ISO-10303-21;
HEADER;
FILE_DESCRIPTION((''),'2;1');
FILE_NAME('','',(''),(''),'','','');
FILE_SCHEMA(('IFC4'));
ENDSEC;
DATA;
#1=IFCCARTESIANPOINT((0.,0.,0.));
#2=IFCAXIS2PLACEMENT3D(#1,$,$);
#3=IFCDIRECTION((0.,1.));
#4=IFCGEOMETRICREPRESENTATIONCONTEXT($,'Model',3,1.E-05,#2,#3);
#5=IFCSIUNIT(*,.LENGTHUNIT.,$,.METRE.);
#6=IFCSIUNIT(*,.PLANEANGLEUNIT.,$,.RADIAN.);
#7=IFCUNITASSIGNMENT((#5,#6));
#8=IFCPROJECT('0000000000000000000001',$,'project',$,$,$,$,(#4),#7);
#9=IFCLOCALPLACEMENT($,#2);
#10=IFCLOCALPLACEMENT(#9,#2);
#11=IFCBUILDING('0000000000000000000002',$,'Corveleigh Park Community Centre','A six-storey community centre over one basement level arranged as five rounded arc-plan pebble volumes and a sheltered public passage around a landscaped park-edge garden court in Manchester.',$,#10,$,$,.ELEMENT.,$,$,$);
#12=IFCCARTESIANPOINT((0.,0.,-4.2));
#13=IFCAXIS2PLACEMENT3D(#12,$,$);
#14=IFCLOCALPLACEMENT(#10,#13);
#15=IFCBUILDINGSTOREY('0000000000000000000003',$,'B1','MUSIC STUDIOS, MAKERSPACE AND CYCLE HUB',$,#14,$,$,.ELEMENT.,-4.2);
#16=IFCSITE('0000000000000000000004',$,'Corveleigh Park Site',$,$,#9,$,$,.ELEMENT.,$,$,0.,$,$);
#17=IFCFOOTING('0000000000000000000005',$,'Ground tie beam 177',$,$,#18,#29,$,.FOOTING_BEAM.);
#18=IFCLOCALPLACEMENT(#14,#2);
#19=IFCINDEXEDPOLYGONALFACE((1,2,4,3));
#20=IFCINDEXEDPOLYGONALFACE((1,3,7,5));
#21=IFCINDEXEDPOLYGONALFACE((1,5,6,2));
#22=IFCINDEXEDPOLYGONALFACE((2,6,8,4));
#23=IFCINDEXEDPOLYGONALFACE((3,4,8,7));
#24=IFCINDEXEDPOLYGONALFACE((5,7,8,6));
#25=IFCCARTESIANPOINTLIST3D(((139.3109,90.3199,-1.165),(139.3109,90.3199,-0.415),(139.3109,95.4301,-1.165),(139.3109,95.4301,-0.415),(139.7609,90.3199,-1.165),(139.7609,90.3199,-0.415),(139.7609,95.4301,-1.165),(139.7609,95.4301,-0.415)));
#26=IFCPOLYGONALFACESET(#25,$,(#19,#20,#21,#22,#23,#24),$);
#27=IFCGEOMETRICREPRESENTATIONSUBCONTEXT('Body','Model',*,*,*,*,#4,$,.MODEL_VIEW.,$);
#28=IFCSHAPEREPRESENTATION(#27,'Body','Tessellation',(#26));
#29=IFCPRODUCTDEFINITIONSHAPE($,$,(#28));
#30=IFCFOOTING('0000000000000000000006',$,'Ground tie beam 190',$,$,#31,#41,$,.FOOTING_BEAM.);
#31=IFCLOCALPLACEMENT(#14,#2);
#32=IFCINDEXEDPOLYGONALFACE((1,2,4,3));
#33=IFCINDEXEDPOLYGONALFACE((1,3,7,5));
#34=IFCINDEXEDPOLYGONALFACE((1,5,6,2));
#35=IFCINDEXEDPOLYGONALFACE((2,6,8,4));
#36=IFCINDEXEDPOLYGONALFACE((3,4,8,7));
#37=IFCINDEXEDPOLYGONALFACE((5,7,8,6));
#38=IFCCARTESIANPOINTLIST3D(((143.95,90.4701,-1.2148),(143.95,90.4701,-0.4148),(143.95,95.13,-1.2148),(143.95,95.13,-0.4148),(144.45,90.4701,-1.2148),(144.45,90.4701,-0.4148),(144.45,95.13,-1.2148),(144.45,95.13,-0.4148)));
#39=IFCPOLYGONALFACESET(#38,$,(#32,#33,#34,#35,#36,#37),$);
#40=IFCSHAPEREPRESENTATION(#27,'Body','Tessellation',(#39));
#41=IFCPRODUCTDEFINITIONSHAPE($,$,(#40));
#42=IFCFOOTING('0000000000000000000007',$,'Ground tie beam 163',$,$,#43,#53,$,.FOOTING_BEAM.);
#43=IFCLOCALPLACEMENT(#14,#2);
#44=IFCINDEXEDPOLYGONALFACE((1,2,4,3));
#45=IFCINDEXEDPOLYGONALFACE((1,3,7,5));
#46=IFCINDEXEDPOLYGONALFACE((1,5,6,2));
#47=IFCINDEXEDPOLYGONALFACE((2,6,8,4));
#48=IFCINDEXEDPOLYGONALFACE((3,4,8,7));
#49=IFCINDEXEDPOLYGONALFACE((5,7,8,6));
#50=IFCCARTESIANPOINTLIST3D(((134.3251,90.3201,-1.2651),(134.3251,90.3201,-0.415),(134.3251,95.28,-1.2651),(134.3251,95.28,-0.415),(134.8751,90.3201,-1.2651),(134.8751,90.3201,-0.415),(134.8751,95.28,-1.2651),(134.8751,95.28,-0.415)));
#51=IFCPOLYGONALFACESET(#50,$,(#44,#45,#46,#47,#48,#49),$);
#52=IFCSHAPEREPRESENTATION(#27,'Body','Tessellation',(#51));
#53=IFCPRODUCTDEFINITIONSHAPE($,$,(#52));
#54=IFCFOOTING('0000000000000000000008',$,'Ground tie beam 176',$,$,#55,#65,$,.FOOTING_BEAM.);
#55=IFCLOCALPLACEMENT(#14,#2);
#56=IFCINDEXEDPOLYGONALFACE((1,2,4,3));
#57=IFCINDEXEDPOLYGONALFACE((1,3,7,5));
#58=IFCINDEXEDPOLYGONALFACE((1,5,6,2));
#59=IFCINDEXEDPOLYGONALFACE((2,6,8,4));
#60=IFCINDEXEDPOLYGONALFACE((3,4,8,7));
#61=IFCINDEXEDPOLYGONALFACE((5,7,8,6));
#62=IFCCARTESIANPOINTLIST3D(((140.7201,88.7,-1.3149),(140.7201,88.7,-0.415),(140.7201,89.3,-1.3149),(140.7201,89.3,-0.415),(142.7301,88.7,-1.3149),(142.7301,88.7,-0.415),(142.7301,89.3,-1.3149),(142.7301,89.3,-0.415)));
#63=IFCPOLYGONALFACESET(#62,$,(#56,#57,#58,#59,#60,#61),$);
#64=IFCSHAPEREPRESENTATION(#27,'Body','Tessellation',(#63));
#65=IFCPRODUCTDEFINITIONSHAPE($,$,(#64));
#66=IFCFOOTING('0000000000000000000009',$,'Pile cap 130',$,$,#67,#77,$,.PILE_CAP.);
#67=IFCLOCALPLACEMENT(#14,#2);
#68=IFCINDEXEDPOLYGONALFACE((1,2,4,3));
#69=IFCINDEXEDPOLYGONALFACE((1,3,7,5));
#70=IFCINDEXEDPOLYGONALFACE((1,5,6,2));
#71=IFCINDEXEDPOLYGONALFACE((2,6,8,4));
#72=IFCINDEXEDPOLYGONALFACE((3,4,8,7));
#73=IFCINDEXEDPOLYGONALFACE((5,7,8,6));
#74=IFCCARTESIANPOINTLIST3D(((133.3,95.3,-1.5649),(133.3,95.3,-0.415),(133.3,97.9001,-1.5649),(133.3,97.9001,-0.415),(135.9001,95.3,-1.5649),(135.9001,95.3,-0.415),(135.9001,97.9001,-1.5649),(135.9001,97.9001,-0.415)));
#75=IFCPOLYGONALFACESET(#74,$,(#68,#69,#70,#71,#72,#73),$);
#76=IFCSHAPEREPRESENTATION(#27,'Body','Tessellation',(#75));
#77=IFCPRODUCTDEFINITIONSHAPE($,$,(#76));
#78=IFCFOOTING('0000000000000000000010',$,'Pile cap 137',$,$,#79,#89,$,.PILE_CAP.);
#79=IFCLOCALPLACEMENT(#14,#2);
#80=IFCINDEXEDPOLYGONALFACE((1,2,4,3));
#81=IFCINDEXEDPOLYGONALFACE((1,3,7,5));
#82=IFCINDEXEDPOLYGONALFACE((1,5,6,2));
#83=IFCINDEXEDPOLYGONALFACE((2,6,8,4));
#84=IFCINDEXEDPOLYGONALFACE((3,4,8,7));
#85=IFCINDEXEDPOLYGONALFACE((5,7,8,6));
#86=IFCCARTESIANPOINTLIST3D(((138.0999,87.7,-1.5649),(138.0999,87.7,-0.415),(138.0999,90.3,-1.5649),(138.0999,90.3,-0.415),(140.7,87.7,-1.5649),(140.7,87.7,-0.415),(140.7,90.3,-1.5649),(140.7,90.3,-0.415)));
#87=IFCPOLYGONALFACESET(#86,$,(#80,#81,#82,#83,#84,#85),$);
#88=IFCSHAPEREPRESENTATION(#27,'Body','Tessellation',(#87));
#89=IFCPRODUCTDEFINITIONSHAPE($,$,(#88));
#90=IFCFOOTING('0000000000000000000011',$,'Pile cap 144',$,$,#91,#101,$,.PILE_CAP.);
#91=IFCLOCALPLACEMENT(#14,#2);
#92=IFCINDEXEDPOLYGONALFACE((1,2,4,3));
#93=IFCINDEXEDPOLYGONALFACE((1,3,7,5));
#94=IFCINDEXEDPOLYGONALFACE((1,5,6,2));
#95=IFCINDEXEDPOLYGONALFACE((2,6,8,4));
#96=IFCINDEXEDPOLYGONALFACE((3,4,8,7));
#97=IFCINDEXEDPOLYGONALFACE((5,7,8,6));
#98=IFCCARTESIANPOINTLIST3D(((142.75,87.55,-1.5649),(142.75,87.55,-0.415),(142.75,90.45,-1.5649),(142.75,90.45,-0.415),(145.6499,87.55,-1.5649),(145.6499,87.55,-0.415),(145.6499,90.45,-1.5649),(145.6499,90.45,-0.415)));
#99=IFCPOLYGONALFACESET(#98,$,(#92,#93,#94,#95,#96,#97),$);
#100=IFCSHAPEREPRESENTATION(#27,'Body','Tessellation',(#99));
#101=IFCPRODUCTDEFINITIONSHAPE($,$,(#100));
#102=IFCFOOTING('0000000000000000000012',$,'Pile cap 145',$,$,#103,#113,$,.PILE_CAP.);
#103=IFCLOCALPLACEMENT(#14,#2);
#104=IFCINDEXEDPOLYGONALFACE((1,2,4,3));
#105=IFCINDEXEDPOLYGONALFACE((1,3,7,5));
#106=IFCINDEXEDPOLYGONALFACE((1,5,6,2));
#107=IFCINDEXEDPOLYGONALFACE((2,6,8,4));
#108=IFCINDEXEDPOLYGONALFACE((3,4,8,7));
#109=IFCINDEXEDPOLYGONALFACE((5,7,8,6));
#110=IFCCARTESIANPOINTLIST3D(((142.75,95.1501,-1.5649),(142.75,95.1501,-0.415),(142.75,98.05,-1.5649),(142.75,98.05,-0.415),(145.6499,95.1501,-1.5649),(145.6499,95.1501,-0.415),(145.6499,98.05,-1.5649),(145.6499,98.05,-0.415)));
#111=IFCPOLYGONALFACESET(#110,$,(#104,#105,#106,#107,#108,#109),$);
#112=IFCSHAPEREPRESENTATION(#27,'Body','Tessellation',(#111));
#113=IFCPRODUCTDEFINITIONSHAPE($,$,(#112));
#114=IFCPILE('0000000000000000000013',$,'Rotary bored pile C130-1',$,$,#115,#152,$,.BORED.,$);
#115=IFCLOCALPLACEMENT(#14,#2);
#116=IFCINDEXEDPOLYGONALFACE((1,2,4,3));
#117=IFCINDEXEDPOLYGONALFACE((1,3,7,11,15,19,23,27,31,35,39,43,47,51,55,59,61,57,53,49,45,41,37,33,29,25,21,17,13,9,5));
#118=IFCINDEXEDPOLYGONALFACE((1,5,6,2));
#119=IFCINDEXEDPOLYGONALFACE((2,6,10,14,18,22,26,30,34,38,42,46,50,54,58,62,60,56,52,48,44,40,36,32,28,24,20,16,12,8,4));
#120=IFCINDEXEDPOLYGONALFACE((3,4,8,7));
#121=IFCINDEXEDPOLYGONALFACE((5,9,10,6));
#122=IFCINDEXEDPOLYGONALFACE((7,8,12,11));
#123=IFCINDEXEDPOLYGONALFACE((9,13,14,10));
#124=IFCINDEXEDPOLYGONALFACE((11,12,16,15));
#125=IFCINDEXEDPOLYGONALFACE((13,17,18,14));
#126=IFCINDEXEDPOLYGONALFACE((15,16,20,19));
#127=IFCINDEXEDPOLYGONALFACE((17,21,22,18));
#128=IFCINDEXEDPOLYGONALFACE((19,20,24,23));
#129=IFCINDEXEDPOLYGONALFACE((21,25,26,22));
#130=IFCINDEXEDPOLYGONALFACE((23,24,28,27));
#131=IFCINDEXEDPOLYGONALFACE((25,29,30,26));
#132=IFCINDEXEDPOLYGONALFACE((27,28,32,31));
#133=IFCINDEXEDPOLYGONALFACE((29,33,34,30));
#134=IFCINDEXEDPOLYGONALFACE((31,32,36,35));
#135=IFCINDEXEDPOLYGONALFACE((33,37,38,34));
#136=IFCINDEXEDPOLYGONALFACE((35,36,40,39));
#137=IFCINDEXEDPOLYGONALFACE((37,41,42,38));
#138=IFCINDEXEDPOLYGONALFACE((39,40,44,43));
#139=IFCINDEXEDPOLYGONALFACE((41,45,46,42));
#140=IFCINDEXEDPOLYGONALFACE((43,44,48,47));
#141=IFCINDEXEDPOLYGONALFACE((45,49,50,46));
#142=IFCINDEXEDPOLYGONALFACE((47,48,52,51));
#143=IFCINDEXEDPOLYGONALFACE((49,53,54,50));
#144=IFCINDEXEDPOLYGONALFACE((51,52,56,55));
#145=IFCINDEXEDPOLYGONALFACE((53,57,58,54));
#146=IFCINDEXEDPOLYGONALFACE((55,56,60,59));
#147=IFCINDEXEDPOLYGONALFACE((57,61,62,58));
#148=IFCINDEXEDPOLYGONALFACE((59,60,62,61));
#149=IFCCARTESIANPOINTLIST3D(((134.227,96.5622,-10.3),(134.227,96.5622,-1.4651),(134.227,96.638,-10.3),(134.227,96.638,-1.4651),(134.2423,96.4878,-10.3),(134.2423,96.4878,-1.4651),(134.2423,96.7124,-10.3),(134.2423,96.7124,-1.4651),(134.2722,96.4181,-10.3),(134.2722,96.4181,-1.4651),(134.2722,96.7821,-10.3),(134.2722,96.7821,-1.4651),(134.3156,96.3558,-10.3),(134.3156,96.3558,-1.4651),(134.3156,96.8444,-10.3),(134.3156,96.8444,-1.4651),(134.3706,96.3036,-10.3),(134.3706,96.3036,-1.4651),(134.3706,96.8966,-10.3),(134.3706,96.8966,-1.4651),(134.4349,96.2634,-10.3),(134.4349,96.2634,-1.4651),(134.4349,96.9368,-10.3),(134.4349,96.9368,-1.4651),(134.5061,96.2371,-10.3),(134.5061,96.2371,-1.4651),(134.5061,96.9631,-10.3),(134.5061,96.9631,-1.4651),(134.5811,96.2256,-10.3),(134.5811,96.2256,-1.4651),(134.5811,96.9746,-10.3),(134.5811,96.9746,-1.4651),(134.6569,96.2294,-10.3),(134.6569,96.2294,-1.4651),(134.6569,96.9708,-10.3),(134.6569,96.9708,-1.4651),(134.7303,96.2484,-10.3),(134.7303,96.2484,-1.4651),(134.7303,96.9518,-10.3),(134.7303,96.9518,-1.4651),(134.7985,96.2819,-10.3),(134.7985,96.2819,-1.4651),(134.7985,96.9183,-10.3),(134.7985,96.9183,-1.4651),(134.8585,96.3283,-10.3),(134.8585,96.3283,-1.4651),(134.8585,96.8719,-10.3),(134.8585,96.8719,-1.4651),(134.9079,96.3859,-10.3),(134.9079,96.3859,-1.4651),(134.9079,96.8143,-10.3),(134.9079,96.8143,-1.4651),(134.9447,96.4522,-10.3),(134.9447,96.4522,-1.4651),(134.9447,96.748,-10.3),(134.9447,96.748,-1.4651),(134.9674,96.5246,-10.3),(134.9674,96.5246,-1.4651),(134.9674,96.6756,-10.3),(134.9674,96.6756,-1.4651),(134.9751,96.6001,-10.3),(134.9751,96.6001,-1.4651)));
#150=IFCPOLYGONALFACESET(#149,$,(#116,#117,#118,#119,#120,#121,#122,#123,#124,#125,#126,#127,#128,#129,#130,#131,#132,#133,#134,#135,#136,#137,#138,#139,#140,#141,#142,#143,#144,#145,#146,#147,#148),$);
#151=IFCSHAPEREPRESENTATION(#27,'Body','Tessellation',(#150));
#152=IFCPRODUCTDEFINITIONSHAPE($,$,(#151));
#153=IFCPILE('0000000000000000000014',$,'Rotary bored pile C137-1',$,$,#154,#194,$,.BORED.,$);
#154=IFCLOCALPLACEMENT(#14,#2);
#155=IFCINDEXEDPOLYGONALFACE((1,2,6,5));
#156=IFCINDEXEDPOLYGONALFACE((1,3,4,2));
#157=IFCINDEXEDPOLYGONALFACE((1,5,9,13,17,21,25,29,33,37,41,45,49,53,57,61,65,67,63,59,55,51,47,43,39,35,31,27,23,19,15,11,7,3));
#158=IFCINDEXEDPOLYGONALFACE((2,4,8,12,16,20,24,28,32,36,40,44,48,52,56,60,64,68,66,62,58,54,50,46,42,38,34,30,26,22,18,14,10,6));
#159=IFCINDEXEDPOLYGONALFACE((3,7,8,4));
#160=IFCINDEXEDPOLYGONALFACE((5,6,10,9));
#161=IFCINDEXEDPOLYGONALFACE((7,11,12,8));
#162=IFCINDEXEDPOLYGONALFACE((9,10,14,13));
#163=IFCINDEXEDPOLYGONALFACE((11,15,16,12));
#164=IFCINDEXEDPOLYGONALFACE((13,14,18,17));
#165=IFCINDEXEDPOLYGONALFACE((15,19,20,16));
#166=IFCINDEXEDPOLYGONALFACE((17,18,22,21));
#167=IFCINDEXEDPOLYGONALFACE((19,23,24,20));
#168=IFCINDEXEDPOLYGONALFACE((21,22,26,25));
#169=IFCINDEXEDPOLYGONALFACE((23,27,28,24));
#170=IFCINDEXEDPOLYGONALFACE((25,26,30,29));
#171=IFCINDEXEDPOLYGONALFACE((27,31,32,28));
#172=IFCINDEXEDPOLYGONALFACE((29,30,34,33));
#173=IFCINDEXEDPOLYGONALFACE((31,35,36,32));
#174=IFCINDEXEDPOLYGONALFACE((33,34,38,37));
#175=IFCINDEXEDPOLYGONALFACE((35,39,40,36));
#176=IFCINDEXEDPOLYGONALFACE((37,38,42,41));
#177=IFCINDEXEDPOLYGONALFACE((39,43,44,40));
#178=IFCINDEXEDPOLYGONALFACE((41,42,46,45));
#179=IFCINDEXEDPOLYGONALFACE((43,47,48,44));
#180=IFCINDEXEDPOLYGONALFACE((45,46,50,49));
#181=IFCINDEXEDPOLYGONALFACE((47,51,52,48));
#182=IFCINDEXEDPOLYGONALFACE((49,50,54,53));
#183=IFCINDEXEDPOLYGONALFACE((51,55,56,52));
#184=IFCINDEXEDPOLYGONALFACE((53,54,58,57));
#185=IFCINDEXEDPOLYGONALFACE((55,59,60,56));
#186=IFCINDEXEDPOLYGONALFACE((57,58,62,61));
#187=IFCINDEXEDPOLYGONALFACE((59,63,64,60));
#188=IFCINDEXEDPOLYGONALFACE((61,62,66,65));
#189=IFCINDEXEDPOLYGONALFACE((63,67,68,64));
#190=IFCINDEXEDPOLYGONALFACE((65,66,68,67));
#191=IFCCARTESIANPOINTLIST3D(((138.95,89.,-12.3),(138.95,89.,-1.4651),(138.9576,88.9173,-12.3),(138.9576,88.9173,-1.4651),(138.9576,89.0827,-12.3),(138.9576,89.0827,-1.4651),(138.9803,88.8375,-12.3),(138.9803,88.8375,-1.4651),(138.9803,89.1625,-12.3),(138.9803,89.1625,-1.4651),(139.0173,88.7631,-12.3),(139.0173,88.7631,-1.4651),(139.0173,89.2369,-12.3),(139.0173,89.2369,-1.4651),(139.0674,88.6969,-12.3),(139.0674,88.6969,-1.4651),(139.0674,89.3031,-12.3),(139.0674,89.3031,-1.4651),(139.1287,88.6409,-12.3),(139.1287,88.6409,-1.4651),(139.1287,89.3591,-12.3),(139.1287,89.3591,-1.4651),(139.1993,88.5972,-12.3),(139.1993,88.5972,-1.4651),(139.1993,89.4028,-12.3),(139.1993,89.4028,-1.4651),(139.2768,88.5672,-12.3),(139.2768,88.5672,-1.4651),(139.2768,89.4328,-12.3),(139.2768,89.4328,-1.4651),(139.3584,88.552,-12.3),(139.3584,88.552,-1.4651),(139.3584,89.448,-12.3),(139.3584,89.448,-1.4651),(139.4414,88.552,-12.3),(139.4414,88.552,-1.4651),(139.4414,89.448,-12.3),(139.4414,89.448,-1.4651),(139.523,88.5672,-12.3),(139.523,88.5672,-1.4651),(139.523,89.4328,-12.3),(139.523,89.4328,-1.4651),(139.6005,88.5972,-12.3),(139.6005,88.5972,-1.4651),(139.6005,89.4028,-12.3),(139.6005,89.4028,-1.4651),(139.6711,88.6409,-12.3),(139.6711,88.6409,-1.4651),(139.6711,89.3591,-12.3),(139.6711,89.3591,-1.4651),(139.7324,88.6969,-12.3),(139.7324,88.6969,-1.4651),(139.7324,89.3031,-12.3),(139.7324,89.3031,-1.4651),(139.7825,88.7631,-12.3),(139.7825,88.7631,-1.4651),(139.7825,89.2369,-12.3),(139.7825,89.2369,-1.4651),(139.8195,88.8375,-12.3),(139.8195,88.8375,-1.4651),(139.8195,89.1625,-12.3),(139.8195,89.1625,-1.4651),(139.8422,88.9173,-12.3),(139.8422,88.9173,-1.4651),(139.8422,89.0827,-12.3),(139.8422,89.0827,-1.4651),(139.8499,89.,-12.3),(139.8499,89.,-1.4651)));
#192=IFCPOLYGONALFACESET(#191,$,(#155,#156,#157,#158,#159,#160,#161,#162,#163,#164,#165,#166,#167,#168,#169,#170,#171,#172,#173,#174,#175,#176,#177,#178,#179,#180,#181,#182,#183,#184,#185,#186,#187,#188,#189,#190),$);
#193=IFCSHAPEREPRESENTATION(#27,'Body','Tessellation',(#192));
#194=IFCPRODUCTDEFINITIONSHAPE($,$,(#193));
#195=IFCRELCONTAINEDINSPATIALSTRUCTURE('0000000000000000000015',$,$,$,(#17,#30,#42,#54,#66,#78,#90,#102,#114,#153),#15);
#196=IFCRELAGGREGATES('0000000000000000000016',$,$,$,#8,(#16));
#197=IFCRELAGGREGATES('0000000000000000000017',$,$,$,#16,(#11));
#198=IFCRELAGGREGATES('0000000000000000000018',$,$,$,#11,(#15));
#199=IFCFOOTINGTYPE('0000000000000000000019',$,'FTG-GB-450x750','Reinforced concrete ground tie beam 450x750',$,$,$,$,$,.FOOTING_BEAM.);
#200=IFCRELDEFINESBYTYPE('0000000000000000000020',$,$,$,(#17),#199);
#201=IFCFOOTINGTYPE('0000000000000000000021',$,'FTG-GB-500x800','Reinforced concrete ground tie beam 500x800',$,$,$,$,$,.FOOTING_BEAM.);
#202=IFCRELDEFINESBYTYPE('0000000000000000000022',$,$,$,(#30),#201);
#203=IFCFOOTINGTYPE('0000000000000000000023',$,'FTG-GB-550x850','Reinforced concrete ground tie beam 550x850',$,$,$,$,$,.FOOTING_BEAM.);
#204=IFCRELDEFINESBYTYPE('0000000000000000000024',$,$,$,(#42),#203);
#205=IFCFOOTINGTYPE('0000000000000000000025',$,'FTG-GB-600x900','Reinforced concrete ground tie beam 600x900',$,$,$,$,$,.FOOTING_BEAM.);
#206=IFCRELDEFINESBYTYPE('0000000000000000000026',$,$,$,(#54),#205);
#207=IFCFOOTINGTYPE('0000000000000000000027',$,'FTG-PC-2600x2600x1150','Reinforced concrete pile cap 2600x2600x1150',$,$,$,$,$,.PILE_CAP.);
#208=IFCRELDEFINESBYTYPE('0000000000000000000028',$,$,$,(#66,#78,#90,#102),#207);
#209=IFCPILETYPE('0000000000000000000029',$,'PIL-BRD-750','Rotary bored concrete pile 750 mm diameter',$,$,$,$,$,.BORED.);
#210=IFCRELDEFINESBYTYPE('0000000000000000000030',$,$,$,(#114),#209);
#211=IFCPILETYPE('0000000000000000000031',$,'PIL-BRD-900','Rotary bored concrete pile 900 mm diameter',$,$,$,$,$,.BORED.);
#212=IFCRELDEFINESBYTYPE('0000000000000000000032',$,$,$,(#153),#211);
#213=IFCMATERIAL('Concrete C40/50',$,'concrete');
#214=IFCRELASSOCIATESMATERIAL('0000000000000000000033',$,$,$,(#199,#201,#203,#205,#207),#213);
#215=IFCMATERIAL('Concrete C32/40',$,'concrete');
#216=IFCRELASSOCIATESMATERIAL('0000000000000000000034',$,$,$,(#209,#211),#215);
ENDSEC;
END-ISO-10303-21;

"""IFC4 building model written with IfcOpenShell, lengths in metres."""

from ifc_helpers import new_model, si_unit, direction, frame, origin, origin_2d, place, context, subcontext, project, spatial, rectangle, circle, extrude, material, material_profile, profile_set, type_object, element, save


model = new_model("IFC4")

# Units and contexts
model_context = context("Model", 3, precision=1e-05, world=origin(), true_north=direction((0.0, 1.0)))
body_context = subcontext(model_context, "Body", "Model", "MODEL_VIEW")
ifc_project = project(units=[si_unit("LENGTHUNIT", "METRE"), si_unit("PLANEANGLEUNIT", "RADIAN")], contexts=[model_context])

# Site, building, storey
site_placement = place(None, origin())
site = spatial("IfcSite", under=ifc_project, at=site_placement, Name="Corveleigh Park Site", CompositionType="ELEMENT", RefElevation=0.0)
building_placement = place(site_placement, origin())
building = spatial("IfcBuilding", under=site, at=building_placement, Name="Corveleigh Park Community Centre", Description="A six-storey community centre over one basement level arranged as five rounded arc-plan pebble volumes and a sheltered public passage around a landscaped park-edge garden court in Manchester.", CompositionType="ELEMENT")
storey_placement = place(building_placement, frame((0.0, 0.0, -4.2)))
storey = spatial("IfcBuildingStorey", under=building, at=storey_placement, Name="B1", Description="MUSIC STUDIOS, MAKERSPACE AND CYCLE HUB", CompositionType="ELEMENT", Elevation=-4.2)

# Footings
ifc_material_1 = material(Name="Concrete C40/50", Category="concrete")
footing_type_1 = type_object("IfcFootingType", Name="FTG-GB-450x750", Description="Reinforced concrete ground tie beam 450x750", PredefinedType="FOOTING_BEAM", material=ifc_material_1)
footing_1_placement = place(storey_placement, frame((139.5359, 92.875, -1.165), z_axis=(0.0, 0.0, 1.0), x_axis=(1.0, 0.0, 0.0)))
element("IfcFooting", 1, at=footing_1_placement, inside=storey, type_object=footing_type_1, Name="Ground tie beam 177", PredefinedType="FOOTING_BEAM", context=body_context, shape_type="SweptSolid", body=[
    extrude(rectangle(XDim=0.45, YDim=5.1101, at=origin_2d()), origin(), (0.0, 0.0, 1.0), 0.75),
])
footing_type_2 = type_object("IfcFootingType", Name="FTG-GB-500x800", Description="Reinforced concrete ground tie beam 500x800", PredefinedType="FOOTING_BEAM", material=ifc_material_1)
footing_2_placement = place(storey_placement, frame((144.2, 92.8, -1.2148), z_axis=(0.0, 0.0, 1.0), x_axis=(1.0, 0.0, 0.0)))
element("IfcFooting", 2, at=footing_2_placement, inside=storey, type_object=footing_type_2, Name="Ground tie beam 190", PredefinedType="FOOTING_BEAM", context=body_context, shape_type="SweptSolid", body=[
    extrude(rectangle(XDim=0.5, YDim=4.6599, at=origin_2d()), origin(), (0.0, 0.0, 1.0), 0.8),
])
footing_type_3 = type_object("IfcFootingType", Name="FTG-GB-550x850", Description="Reinforced concrete ground tie beam 550x850", PredefinedType="FOOTING_BEAM", material=ifc_material_1)
footing_3_placement = place(storey_placement, frame((134.6001, 92.8, -1.2651), z_axis=(0.0, 0.0, 1.0), x_axis=(1.0, 0.0, 0.0)))
element("IfcFooting", 3, at=footing_3_placement, inside=storey, type_object=footing_type_3, Name="Ground tie beam 163", PredefinedType="FOOTING_BEAM", context=body_context, shape_type="SweptSolid", body=[
    extrude(rectangle(XDim=0.55, YDim=4.96, at=origin_2d()), origin(), (0.0, 0.0, 1.0), 0.8501),
])
footing_type_4 = type_object("IfcFootingType", Name="FTG-GB-600x900", Description="Reinforced concrete ground tie beam 600x900", PredefinedType="FOOTING_BEAM", material=ifc_material_1)
footing_4_placement = place(storey_placement, frame((141.7251, 89.0, -1.3149), z_axis=(0.0, 0.0, 1.0), x_axis=(1.0, 0.0, 0.0)))
element("IfcFooting", 4, at=footing_4_placement, inside=storey, type_object=footing_type_4, Name="Ground tie beam 176", PredefinedType="FOOTING_BEAM", context=body_context, shape_type="SweptSolid", body=[
    extrude(rectangle(XDim=2.01, YDim=0.6001, at=origin_2d()), origin(), (0.0, 0.0, 1.0), 0.8999),
])
footing_type_5 = type_object("IfcFootingType", Name="FTG-PC-2600x2600x1150", Description="Reinforced concrete pile cap 2600x2600x1150", PredefinedType="PILE_CAP", material=ifc_material_1)
for number, where, z_axis, x_axis, name in (
    (5, (134.6001, 96.6001, -1.5649), (0.0, 0.0, 1.0), (1.0, 0.0, 0.0), "Pile cap 130"),
    (6, (139.3999, 89.0, -1.5649), (0.0, 0.0, 1.0), (1.0, 0.0, 0.0), "Pile cap 137"),
):
    element("IfcFooting", number, at=place(storey_placement, frame(where, z_axis=z_axis, x_axis=x_axis)), inside=storey, type_object=footing_type_5, Name=name, PredefinedType="PILE_CAP", context=body_context, shape_type="SweptSolid", body=[
        extrude(rectangle(XDim=2.6001, YDim=2.6001, at=origin_2d()), origin(), (0.0, 0.0, 1.0), 1.1499),
    ])
for number, where, z_axis, x_axis, name in (
    (7, (144.2, 89.0, -1.5649), (0.0, 0.0, 1.0), (1.0, 0.0, 0.0), "Pile cap 144"),
    (8, (144.2, 96.6001, -1.5649), (0.0, 0.0, 1.0), (1.0, 0.0, 0.0), "Pile cap 145"),
):
    element("IfcFooting", number, at=place(storey_placement, frame(where, z_axis=z_axis, x_axis=x_axis)), inside=storey, type_object=footing_type_5, Name=name, PredefinedType="PILE_CAP", context=body_context, shape_type="SweptSolid", body=[
        extrude(rectangle(XDim=2.8999, YDim=2.8999, at=origin_2d()), origin(), (0.0, 0.0, 1.0), 1.1499),
    ])

# Piles
ifc_material_2 = material(Name="Concrete C32/40", Category="concrete")
ifc_material_profile_1 = material_profile(ifc_material_2, circle(Radius=0.375, at=origin_2d()), Name="BORED-PILE-750", Category="concrete")
ifc_profile_set_1 = profile_set([ifc_material_profile_1], Name="Concrete C32/40")
pile_type_1 = type_object("IfcPileType", Name="PIL-BRD-750", Description="Rotary bored concrete pile 750 mm diameter", PredefinedType="BORED", material=ifc_profile_set_1)
pile_1_placement = place(storey_placement, frame((134.6001, 96.6001, -1.4651), z_axis=(0.0, 0.0, -1.0), x_axis=(1.0, 0.0, 0.0)))
element("IfcPile", 9, at=pile_1_placement, inside=storey, type_object=pile_type_1, Name="Rotary bored pile C130-1", PredefinedType="BORED", context=body_context, shape_type="SweptSolid", body=[
    extrude(circle(Radius=0.375, at=origin_2d()), origin(), (0.0, 0.0, 1.0), 8.835),
])
ifc_material_profile_2 = material_profile(ifc_material_2, circle(Radius=0.45, at=origin_2d()), Name="BORED-PILE-900", Category="concrete")
ifc_profile_set_2 = profile_set([ifc_material_profile_2], Name="Concrete C32/40")
pile_type_2 = type_object("IfcPileType", Name="PIL-BRD-900", Description="Rotary bored concrete pile 900 mm diameter", PredefinedType="BORED", material=ifc_profile_set_2)
pile_2_placement = place(storey_placement, frame((139.3999, 89.0, -1.4651), z_axis=(0.0, 0.0, -1.0), x_axis=(1.0, 0.0, 0.0)))
element("IfcPile", 10, at=pile_2_placement, inside=storey, type_object=pile_type_2, Name="Rotary bored pile C137-1", PredefinedType="BORED", context=body_context, shape_type="SweptSolid", body=[
    extrude(circle(Radius=0.45, at=origin_2d()), origin(), (0.0, 0.0, 1.0), 10.835),
])

save(model, "model.ifc")
